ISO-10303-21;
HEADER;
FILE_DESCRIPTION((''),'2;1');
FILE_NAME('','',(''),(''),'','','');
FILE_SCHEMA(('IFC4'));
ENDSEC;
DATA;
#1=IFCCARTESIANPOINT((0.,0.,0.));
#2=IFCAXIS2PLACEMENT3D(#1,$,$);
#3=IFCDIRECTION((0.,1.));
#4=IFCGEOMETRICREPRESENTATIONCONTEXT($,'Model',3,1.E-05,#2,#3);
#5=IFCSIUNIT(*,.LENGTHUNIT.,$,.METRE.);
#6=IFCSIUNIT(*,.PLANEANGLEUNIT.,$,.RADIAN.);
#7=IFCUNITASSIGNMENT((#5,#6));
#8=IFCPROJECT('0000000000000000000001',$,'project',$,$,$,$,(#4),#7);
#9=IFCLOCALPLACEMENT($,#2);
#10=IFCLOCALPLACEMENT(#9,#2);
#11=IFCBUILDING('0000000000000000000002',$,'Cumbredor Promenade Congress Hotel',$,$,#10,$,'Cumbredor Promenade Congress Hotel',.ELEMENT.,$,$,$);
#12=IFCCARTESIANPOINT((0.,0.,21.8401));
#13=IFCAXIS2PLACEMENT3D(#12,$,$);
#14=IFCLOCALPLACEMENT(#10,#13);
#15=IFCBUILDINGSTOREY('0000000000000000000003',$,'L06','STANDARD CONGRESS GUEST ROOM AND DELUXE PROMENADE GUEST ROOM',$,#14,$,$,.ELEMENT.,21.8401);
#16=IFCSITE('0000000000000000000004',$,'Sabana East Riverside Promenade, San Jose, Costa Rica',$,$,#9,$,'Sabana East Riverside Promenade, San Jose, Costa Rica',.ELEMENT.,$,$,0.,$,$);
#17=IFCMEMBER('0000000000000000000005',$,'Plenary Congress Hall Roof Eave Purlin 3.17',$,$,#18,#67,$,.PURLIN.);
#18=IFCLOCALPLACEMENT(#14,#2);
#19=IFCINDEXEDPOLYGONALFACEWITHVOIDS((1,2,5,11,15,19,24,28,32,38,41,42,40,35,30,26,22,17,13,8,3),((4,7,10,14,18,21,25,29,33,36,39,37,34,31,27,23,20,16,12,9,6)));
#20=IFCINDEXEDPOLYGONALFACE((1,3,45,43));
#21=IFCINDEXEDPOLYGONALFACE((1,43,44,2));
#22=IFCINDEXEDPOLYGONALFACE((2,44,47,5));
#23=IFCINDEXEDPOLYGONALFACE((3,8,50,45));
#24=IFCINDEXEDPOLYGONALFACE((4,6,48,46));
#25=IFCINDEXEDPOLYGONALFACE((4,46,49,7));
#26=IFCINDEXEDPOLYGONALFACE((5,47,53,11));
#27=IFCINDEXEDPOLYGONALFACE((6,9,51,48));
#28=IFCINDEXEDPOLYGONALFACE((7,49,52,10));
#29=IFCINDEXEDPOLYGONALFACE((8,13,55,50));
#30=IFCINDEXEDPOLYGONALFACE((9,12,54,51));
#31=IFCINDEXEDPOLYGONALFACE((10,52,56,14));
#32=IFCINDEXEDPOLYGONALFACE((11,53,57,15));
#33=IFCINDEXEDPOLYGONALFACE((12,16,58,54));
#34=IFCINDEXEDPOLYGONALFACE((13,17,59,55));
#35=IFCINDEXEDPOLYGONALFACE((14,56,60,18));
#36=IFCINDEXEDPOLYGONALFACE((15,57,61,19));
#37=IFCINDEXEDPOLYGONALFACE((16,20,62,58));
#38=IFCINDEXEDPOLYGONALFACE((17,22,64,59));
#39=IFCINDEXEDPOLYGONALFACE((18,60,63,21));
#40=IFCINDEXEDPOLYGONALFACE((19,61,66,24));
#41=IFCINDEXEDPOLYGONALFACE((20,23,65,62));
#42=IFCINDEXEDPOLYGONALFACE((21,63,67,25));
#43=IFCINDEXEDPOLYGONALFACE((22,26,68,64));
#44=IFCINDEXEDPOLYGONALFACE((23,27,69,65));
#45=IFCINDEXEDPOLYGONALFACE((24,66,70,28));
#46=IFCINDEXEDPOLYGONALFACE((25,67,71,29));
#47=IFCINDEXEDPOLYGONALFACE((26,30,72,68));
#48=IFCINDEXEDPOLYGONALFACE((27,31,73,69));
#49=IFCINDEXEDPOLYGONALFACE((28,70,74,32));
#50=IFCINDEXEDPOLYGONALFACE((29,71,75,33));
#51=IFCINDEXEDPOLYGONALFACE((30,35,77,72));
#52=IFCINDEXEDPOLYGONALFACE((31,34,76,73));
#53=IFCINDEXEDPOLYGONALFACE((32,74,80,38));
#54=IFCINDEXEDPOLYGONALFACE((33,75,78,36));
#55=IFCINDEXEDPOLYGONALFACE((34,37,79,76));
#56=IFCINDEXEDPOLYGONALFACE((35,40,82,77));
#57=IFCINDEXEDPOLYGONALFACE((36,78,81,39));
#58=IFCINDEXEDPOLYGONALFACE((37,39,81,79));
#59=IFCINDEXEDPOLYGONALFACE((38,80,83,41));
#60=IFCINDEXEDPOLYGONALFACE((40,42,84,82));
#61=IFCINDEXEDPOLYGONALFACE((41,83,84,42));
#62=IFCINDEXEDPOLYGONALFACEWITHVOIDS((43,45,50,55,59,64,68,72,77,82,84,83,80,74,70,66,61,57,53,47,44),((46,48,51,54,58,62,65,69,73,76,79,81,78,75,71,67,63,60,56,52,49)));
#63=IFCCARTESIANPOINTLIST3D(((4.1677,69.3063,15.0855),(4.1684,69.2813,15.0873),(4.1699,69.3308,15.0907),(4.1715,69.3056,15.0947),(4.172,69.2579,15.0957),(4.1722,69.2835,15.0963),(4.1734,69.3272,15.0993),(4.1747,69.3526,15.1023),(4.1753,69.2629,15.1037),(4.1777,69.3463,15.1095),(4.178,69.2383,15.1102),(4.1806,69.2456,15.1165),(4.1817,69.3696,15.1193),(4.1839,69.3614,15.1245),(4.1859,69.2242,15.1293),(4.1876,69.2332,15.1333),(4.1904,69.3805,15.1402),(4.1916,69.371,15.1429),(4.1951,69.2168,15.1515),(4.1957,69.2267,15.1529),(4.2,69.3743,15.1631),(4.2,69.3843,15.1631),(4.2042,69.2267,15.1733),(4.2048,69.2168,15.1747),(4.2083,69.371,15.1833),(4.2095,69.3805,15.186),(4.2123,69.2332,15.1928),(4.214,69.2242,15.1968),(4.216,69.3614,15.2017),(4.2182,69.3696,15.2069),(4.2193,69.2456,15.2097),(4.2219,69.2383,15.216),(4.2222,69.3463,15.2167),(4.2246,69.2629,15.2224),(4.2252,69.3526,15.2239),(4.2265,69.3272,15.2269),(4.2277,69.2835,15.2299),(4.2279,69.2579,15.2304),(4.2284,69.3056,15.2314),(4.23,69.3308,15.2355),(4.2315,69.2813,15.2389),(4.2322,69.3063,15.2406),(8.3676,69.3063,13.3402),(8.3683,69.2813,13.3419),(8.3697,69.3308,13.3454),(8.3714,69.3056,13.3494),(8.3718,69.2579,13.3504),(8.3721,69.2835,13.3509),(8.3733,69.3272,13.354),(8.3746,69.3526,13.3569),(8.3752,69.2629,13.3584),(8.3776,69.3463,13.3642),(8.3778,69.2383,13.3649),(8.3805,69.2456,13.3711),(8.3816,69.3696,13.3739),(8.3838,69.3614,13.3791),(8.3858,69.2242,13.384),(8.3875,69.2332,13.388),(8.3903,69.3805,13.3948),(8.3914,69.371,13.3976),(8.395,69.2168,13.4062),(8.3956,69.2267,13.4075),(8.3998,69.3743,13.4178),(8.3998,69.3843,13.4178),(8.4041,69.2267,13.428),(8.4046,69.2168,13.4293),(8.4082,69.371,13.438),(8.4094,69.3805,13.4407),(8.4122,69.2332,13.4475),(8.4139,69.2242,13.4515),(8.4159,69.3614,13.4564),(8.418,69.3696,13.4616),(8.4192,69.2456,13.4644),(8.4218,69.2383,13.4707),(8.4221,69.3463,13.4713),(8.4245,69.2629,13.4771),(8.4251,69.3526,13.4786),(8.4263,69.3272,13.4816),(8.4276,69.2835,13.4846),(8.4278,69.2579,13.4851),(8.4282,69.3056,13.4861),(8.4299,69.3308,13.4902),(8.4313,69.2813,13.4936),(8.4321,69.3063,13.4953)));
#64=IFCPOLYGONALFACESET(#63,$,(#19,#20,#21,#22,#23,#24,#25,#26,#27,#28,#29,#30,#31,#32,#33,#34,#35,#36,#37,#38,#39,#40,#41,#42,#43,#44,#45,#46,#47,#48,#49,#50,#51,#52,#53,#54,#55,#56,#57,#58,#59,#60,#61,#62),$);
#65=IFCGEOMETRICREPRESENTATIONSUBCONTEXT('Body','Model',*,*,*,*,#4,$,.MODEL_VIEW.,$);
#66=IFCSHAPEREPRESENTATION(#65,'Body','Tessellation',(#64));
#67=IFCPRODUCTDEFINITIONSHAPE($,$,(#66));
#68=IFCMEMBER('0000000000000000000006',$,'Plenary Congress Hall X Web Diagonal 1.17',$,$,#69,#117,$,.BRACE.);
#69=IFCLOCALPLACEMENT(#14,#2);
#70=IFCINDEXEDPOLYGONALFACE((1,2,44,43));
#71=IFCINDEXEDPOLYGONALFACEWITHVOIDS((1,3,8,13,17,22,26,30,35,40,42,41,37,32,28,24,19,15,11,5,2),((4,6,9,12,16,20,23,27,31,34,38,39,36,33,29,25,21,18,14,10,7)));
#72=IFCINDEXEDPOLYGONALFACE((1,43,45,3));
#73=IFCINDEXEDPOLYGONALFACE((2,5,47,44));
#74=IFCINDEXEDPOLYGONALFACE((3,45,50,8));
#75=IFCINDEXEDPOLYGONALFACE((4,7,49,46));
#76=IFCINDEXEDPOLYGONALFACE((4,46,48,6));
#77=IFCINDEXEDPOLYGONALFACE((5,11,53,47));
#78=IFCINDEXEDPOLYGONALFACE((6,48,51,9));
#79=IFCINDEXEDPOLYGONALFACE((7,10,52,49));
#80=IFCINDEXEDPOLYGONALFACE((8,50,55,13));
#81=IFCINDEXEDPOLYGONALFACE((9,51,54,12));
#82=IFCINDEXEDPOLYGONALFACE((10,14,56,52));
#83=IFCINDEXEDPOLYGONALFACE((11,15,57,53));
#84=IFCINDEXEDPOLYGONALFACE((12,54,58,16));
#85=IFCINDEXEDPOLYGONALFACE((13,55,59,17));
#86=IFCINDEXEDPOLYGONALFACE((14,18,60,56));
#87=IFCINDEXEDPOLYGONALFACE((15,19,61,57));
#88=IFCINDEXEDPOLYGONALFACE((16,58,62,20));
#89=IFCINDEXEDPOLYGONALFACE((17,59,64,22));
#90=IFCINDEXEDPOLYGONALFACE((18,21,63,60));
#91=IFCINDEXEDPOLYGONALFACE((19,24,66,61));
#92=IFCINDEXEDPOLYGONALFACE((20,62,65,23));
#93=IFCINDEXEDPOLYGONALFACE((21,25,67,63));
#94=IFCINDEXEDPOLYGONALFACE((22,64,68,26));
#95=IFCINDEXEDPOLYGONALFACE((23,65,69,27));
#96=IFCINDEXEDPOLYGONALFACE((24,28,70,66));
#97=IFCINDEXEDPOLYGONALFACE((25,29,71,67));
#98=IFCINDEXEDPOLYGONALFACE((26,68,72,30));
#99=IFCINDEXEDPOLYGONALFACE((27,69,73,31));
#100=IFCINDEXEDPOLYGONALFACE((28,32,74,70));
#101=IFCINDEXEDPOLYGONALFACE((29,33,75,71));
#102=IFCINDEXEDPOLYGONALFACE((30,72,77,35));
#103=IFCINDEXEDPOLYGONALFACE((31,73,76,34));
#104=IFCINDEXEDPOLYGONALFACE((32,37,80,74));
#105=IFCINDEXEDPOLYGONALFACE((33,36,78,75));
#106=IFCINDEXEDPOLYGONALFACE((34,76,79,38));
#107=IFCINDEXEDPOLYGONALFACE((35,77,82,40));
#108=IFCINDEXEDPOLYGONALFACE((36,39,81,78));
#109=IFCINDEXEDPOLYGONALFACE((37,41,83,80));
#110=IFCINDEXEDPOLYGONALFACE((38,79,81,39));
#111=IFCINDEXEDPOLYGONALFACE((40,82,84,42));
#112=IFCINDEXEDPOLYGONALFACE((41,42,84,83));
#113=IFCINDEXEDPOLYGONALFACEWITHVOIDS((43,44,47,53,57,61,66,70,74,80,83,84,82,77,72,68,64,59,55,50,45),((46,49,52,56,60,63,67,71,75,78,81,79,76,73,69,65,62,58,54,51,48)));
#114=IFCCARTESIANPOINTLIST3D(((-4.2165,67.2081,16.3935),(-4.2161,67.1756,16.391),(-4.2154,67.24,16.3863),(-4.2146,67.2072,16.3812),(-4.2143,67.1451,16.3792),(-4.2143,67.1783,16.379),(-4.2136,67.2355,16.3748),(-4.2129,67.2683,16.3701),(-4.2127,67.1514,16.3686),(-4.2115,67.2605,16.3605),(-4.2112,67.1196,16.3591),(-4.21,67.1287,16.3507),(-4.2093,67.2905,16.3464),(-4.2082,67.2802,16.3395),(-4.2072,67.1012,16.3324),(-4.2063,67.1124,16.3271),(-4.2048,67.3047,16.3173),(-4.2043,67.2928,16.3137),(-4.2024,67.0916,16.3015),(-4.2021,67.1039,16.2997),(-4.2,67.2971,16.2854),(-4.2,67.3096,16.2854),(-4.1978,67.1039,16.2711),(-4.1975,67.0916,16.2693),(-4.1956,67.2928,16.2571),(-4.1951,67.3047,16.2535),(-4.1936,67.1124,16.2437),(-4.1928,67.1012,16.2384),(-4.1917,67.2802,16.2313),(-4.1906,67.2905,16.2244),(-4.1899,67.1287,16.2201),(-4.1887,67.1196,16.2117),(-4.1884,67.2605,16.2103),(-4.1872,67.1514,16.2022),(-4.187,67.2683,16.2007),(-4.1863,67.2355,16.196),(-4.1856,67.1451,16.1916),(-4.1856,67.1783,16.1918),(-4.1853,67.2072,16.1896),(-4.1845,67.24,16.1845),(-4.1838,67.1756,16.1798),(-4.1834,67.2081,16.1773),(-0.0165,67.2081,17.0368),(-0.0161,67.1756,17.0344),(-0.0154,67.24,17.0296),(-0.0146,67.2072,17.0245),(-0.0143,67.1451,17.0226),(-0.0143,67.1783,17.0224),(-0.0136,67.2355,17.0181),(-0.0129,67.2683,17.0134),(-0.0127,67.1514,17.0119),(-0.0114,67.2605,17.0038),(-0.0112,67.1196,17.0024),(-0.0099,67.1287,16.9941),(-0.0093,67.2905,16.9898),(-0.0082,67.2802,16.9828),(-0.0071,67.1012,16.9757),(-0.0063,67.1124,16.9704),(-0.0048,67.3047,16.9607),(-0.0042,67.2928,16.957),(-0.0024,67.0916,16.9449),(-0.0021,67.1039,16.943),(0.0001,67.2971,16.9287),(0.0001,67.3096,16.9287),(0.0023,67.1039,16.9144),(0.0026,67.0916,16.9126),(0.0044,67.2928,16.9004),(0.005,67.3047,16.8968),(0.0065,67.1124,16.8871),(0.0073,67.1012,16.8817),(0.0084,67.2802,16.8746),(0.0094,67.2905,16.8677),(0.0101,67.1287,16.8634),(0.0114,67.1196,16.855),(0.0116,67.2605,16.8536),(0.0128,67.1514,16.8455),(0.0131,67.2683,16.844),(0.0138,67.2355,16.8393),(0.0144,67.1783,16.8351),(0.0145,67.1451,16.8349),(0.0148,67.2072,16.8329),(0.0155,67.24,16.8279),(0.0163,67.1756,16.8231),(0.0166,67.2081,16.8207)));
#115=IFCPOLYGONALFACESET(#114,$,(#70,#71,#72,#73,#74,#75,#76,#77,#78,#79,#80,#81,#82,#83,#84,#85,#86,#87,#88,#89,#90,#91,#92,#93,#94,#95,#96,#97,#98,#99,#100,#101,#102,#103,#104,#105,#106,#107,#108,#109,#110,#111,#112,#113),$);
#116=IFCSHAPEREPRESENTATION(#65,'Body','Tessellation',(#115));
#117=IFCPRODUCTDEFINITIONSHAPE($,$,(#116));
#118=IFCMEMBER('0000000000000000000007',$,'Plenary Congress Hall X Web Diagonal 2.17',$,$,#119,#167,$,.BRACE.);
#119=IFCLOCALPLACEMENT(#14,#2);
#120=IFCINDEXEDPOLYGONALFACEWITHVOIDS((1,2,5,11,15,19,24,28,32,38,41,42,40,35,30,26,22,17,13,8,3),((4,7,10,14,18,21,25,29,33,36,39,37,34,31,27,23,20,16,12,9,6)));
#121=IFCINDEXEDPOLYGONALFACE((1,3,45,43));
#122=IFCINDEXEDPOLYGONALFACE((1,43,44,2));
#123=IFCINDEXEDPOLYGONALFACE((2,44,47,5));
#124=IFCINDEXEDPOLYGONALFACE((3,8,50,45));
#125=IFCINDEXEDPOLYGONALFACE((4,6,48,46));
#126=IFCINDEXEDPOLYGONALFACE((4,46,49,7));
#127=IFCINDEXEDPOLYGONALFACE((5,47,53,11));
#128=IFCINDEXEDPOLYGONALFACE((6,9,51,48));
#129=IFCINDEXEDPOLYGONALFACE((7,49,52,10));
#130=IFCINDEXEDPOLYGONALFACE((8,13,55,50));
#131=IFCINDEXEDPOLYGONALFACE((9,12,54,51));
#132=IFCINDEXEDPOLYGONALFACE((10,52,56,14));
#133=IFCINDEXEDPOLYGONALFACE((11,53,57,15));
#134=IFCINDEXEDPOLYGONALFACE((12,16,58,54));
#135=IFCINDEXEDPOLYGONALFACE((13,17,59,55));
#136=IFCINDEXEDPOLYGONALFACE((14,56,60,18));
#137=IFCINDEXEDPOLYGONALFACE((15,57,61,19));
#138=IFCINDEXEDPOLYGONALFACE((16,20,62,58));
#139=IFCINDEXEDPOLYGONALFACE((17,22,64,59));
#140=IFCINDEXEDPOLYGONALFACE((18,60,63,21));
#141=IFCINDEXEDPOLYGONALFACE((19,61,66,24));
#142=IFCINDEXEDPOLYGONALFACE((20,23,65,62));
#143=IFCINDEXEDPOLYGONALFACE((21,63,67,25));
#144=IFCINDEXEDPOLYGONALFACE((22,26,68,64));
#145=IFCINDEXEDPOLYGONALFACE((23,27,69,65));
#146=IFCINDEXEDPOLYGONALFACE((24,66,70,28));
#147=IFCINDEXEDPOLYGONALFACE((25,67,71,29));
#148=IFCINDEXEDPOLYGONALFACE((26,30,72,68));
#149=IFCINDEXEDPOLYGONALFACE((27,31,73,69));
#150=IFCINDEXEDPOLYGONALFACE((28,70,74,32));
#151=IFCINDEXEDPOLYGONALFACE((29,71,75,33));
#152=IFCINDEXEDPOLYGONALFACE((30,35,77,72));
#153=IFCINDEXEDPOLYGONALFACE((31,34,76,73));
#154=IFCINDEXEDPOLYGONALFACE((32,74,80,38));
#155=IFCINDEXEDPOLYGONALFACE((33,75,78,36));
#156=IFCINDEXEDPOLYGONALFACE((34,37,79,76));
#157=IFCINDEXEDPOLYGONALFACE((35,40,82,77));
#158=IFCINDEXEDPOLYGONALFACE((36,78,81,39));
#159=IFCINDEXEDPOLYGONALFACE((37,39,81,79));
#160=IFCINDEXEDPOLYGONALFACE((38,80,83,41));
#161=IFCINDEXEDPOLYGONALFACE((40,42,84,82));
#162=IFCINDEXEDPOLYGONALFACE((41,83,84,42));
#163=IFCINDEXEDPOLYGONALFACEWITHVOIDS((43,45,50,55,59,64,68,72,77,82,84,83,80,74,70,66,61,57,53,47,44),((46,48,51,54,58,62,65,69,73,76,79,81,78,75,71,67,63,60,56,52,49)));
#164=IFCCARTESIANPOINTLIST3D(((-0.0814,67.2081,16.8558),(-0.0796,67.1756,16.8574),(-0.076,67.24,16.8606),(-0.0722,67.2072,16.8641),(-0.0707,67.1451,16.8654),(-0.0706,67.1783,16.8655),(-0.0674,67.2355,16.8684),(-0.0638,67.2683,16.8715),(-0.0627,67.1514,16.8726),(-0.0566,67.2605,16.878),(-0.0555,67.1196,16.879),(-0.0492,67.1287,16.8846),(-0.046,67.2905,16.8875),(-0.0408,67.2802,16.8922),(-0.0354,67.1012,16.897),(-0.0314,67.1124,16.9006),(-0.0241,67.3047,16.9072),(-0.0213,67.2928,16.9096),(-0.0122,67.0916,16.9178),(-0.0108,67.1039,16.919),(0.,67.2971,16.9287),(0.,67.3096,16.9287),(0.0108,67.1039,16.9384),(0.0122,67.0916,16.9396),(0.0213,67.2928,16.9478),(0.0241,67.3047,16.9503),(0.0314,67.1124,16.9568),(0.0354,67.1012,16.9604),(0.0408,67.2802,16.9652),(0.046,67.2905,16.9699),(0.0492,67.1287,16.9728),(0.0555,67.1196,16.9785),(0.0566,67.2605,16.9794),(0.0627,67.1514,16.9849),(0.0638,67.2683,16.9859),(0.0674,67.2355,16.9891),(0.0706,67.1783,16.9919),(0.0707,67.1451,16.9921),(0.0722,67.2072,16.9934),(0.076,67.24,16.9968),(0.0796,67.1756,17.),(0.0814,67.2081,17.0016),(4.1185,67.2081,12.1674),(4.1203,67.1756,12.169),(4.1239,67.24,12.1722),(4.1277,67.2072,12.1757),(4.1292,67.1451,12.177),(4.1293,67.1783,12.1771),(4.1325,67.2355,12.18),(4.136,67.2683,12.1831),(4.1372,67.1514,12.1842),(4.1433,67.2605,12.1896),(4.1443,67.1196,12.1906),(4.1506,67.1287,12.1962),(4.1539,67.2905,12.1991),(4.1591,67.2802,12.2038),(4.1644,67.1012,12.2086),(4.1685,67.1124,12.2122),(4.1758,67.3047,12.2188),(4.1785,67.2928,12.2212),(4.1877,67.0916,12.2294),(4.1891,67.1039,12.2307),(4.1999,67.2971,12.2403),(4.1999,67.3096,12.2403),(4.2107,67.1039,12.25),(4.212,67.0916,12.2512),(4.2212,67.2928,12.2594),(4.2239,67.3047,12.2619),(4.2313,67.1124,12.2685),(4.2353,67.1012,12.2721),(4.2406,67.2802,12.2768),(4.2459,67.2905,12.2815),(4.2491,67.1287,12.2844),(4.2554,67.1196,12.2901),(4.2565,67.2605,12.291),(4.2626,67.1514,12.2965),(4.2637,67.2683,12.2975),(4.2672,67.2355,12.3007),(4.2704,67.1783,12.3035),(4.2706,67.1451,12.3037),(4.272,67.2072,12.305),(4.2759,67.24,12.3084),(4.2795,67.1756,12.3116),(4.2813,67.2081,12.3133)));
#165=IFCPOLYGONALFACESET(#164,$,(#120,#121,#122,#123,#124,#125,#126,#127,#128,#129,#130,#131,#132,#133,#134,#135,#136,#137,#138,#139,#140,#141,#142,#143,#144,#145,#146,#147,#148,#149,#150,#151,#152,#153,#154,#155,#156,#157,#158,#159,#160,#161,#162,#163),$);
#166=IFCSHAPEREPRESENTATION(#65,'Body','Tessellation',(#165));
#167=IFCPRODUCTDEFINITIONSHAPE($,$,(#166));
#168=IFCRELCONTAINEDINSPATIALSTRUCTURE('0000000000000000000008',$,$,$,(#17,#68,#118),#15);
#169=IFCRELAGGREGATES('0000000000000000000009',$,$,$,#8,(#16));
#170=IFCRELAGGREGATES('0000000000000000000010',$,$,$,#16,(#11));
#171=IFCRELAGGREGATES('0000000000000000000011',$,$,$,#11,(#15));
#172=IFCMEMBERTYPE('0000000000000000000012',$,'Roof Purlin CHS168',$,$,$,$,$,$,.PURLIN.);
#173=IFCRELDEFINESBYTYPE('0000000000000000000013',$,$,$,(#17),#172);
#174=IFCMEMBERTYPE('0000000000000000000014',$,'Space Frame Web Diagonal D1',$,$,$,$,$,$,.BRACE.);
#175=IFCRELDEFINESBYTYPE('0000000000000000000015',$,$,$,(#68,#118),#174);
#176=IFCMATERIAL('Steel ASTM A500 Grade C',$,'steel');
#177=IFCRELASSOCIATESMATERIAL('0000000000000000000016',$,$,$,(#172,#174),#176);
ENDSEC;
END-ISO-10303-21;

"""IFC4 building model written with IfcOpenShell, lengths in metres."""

from ifc_helpers import new_model, si_unit, direction, frame, origin, origin_2d, place, context, subcontext, project, spatial, hollow_circle, extrude, material, material_profile, profile_set, type_object, element, save


model = new_model("IFC4")

# Units and contexts
model_context = context("Model", 3, precision=1e-05, world=origin(), true_north=direction((0.0, 1.0)))
body_context = subcontext(model_context, "Body", "Model", "MODEL_VIEW")
ifc_project = project(units=[si_unit("LENGTHUNIT", "METRE"), si_unit("PLANEANGLEUNIT", "RADIAN")], contexts=[model_context])

# Site, building, storey
site_placement = place(None, origin())
site = spatial("IfcSite", under=ifc_project, at=site_placement, Name="Sabana East Riverside Promenade, San Jose, Costa Rica", LongName="Sabana East Riverside Promenade, San Jose, Costa Rica", CompositionType="ELEMENT", RefElevation=0.0)
building_placement = place(site_placement, origin())
building = spatial("IfcBuilding", under=site, at=building_placement, Name="Cumbredor Promenade Congress Hotel", LongName="Cumbredor Promenade Congress Hotel", CompositionType="ELEMENT")
storey_placement = place(building_placement, frame((0.0, 0.0, 21.8401)))
storey = spatial("IfcBuildingStorey", under=building, at=storey_placement, Name="L06", Description="STANDARD CONGRESS GUEST ROOM AND DELUXE PROMENADE GUEST ROOM", CompositionType="ELEMENT", Elevation=21.8401)

# Members
ifc_material_1 = material(Name="Steel ASTM A500 Grade C", Category="steel")
ifc_material_profile_1 = material_profile(ifc_material_1, hollow_circle(Radius=0.0842, WallThickness=0.01, at=origin_2d()), Name="CHS 168.3x10")
ifc_profile_set_1 = profile_set([ifc_material_profile_1], Name="Steel ASTM A500 Grade C")
member_type_1 = type_object("IfcMemberType", Name="Roof Purlin CHS168", PredefinedType="PURLIN", material=ifc_profile_set_1)
member_1_placement = place(storey_placement, frame((4.2, 69.3, 15.1631), z_axis=(0.923437, 0.0, -0.38375), x_axis=(0.0, 1.0, 0.0)))
element("IfcMember", 1, at=member_1_placement, inside=storey, type_object=member_type_1, Name="Plenary Congress Hall Roof Eave Purlin 3.17", PredefinedType="PURLIN", context=body_context, shape_type="SweptSolid", body=[
    extrude(hollow_circle(Radius=0.0842, WallThickness=0.01, at=origin_2d()), origin(), (0.0, 0.0, 1.0), 4.5481),
])
ifc_material_profile_2 = material_profile(ifc_material_1, hollow_circle(Radius=0.1096, WallThickness=0.0125, at=origin_2d()), Name="CHS 219.1x12.5")
ifc_profile_set_2 = profile_set([ifc_material_profile_2], Name="Steel ASTM A500 Grade C")
member_type_2 = type_object("IfcMemberType", Name="Space Frame Web Diagonal D1", PredefinedType="BRACE", material=ifc_profile_set_2)
member_2_placement = place(storey_placement, frame((-4.2, 67.2, 16.2854), z_axis=(0.988472, 0.0, 0.151405), x_axis=(0.0, 1.0, 0.0)))
element("IfcMember", 2, at=member_2_placement, inside=storey, type_object=member_type_2, Name="Plenary Congress Hall X Web Diagonal 1.17", PredefinedType="BRACE", context=body_context, shape_type="SweptSolid", body=[
    extrude(hollow_circle(Radius=0.1096, WallThickness=0.0125, at=origin_2d()), origin(), (0.0, 0.0, 1.0), 4.249),
])
member_3_placement = place(storey_placement, frame((0.0, 67.2, 16.9287), z_axis=(0.667236, 0.0, -0.744847), x_axis=(0.0, 1.0, 0.0)))
element("IfcMember", 3, at=member_3_placement, inside=storey, type_object=member_type_2, Name="Plenary Congress Hall X Web Diagonal 2.17", PredefinedType="BRACE", context=body_context, shape_type="SweptSolid", body=[
    extrude(hollow_circle(Radius=0.1096, WallThickness=0.0125, at=origin_2d()), origin(), (0.0, 0.0, 1.0), 6.2944),
])

save(model, "model.ifc")
